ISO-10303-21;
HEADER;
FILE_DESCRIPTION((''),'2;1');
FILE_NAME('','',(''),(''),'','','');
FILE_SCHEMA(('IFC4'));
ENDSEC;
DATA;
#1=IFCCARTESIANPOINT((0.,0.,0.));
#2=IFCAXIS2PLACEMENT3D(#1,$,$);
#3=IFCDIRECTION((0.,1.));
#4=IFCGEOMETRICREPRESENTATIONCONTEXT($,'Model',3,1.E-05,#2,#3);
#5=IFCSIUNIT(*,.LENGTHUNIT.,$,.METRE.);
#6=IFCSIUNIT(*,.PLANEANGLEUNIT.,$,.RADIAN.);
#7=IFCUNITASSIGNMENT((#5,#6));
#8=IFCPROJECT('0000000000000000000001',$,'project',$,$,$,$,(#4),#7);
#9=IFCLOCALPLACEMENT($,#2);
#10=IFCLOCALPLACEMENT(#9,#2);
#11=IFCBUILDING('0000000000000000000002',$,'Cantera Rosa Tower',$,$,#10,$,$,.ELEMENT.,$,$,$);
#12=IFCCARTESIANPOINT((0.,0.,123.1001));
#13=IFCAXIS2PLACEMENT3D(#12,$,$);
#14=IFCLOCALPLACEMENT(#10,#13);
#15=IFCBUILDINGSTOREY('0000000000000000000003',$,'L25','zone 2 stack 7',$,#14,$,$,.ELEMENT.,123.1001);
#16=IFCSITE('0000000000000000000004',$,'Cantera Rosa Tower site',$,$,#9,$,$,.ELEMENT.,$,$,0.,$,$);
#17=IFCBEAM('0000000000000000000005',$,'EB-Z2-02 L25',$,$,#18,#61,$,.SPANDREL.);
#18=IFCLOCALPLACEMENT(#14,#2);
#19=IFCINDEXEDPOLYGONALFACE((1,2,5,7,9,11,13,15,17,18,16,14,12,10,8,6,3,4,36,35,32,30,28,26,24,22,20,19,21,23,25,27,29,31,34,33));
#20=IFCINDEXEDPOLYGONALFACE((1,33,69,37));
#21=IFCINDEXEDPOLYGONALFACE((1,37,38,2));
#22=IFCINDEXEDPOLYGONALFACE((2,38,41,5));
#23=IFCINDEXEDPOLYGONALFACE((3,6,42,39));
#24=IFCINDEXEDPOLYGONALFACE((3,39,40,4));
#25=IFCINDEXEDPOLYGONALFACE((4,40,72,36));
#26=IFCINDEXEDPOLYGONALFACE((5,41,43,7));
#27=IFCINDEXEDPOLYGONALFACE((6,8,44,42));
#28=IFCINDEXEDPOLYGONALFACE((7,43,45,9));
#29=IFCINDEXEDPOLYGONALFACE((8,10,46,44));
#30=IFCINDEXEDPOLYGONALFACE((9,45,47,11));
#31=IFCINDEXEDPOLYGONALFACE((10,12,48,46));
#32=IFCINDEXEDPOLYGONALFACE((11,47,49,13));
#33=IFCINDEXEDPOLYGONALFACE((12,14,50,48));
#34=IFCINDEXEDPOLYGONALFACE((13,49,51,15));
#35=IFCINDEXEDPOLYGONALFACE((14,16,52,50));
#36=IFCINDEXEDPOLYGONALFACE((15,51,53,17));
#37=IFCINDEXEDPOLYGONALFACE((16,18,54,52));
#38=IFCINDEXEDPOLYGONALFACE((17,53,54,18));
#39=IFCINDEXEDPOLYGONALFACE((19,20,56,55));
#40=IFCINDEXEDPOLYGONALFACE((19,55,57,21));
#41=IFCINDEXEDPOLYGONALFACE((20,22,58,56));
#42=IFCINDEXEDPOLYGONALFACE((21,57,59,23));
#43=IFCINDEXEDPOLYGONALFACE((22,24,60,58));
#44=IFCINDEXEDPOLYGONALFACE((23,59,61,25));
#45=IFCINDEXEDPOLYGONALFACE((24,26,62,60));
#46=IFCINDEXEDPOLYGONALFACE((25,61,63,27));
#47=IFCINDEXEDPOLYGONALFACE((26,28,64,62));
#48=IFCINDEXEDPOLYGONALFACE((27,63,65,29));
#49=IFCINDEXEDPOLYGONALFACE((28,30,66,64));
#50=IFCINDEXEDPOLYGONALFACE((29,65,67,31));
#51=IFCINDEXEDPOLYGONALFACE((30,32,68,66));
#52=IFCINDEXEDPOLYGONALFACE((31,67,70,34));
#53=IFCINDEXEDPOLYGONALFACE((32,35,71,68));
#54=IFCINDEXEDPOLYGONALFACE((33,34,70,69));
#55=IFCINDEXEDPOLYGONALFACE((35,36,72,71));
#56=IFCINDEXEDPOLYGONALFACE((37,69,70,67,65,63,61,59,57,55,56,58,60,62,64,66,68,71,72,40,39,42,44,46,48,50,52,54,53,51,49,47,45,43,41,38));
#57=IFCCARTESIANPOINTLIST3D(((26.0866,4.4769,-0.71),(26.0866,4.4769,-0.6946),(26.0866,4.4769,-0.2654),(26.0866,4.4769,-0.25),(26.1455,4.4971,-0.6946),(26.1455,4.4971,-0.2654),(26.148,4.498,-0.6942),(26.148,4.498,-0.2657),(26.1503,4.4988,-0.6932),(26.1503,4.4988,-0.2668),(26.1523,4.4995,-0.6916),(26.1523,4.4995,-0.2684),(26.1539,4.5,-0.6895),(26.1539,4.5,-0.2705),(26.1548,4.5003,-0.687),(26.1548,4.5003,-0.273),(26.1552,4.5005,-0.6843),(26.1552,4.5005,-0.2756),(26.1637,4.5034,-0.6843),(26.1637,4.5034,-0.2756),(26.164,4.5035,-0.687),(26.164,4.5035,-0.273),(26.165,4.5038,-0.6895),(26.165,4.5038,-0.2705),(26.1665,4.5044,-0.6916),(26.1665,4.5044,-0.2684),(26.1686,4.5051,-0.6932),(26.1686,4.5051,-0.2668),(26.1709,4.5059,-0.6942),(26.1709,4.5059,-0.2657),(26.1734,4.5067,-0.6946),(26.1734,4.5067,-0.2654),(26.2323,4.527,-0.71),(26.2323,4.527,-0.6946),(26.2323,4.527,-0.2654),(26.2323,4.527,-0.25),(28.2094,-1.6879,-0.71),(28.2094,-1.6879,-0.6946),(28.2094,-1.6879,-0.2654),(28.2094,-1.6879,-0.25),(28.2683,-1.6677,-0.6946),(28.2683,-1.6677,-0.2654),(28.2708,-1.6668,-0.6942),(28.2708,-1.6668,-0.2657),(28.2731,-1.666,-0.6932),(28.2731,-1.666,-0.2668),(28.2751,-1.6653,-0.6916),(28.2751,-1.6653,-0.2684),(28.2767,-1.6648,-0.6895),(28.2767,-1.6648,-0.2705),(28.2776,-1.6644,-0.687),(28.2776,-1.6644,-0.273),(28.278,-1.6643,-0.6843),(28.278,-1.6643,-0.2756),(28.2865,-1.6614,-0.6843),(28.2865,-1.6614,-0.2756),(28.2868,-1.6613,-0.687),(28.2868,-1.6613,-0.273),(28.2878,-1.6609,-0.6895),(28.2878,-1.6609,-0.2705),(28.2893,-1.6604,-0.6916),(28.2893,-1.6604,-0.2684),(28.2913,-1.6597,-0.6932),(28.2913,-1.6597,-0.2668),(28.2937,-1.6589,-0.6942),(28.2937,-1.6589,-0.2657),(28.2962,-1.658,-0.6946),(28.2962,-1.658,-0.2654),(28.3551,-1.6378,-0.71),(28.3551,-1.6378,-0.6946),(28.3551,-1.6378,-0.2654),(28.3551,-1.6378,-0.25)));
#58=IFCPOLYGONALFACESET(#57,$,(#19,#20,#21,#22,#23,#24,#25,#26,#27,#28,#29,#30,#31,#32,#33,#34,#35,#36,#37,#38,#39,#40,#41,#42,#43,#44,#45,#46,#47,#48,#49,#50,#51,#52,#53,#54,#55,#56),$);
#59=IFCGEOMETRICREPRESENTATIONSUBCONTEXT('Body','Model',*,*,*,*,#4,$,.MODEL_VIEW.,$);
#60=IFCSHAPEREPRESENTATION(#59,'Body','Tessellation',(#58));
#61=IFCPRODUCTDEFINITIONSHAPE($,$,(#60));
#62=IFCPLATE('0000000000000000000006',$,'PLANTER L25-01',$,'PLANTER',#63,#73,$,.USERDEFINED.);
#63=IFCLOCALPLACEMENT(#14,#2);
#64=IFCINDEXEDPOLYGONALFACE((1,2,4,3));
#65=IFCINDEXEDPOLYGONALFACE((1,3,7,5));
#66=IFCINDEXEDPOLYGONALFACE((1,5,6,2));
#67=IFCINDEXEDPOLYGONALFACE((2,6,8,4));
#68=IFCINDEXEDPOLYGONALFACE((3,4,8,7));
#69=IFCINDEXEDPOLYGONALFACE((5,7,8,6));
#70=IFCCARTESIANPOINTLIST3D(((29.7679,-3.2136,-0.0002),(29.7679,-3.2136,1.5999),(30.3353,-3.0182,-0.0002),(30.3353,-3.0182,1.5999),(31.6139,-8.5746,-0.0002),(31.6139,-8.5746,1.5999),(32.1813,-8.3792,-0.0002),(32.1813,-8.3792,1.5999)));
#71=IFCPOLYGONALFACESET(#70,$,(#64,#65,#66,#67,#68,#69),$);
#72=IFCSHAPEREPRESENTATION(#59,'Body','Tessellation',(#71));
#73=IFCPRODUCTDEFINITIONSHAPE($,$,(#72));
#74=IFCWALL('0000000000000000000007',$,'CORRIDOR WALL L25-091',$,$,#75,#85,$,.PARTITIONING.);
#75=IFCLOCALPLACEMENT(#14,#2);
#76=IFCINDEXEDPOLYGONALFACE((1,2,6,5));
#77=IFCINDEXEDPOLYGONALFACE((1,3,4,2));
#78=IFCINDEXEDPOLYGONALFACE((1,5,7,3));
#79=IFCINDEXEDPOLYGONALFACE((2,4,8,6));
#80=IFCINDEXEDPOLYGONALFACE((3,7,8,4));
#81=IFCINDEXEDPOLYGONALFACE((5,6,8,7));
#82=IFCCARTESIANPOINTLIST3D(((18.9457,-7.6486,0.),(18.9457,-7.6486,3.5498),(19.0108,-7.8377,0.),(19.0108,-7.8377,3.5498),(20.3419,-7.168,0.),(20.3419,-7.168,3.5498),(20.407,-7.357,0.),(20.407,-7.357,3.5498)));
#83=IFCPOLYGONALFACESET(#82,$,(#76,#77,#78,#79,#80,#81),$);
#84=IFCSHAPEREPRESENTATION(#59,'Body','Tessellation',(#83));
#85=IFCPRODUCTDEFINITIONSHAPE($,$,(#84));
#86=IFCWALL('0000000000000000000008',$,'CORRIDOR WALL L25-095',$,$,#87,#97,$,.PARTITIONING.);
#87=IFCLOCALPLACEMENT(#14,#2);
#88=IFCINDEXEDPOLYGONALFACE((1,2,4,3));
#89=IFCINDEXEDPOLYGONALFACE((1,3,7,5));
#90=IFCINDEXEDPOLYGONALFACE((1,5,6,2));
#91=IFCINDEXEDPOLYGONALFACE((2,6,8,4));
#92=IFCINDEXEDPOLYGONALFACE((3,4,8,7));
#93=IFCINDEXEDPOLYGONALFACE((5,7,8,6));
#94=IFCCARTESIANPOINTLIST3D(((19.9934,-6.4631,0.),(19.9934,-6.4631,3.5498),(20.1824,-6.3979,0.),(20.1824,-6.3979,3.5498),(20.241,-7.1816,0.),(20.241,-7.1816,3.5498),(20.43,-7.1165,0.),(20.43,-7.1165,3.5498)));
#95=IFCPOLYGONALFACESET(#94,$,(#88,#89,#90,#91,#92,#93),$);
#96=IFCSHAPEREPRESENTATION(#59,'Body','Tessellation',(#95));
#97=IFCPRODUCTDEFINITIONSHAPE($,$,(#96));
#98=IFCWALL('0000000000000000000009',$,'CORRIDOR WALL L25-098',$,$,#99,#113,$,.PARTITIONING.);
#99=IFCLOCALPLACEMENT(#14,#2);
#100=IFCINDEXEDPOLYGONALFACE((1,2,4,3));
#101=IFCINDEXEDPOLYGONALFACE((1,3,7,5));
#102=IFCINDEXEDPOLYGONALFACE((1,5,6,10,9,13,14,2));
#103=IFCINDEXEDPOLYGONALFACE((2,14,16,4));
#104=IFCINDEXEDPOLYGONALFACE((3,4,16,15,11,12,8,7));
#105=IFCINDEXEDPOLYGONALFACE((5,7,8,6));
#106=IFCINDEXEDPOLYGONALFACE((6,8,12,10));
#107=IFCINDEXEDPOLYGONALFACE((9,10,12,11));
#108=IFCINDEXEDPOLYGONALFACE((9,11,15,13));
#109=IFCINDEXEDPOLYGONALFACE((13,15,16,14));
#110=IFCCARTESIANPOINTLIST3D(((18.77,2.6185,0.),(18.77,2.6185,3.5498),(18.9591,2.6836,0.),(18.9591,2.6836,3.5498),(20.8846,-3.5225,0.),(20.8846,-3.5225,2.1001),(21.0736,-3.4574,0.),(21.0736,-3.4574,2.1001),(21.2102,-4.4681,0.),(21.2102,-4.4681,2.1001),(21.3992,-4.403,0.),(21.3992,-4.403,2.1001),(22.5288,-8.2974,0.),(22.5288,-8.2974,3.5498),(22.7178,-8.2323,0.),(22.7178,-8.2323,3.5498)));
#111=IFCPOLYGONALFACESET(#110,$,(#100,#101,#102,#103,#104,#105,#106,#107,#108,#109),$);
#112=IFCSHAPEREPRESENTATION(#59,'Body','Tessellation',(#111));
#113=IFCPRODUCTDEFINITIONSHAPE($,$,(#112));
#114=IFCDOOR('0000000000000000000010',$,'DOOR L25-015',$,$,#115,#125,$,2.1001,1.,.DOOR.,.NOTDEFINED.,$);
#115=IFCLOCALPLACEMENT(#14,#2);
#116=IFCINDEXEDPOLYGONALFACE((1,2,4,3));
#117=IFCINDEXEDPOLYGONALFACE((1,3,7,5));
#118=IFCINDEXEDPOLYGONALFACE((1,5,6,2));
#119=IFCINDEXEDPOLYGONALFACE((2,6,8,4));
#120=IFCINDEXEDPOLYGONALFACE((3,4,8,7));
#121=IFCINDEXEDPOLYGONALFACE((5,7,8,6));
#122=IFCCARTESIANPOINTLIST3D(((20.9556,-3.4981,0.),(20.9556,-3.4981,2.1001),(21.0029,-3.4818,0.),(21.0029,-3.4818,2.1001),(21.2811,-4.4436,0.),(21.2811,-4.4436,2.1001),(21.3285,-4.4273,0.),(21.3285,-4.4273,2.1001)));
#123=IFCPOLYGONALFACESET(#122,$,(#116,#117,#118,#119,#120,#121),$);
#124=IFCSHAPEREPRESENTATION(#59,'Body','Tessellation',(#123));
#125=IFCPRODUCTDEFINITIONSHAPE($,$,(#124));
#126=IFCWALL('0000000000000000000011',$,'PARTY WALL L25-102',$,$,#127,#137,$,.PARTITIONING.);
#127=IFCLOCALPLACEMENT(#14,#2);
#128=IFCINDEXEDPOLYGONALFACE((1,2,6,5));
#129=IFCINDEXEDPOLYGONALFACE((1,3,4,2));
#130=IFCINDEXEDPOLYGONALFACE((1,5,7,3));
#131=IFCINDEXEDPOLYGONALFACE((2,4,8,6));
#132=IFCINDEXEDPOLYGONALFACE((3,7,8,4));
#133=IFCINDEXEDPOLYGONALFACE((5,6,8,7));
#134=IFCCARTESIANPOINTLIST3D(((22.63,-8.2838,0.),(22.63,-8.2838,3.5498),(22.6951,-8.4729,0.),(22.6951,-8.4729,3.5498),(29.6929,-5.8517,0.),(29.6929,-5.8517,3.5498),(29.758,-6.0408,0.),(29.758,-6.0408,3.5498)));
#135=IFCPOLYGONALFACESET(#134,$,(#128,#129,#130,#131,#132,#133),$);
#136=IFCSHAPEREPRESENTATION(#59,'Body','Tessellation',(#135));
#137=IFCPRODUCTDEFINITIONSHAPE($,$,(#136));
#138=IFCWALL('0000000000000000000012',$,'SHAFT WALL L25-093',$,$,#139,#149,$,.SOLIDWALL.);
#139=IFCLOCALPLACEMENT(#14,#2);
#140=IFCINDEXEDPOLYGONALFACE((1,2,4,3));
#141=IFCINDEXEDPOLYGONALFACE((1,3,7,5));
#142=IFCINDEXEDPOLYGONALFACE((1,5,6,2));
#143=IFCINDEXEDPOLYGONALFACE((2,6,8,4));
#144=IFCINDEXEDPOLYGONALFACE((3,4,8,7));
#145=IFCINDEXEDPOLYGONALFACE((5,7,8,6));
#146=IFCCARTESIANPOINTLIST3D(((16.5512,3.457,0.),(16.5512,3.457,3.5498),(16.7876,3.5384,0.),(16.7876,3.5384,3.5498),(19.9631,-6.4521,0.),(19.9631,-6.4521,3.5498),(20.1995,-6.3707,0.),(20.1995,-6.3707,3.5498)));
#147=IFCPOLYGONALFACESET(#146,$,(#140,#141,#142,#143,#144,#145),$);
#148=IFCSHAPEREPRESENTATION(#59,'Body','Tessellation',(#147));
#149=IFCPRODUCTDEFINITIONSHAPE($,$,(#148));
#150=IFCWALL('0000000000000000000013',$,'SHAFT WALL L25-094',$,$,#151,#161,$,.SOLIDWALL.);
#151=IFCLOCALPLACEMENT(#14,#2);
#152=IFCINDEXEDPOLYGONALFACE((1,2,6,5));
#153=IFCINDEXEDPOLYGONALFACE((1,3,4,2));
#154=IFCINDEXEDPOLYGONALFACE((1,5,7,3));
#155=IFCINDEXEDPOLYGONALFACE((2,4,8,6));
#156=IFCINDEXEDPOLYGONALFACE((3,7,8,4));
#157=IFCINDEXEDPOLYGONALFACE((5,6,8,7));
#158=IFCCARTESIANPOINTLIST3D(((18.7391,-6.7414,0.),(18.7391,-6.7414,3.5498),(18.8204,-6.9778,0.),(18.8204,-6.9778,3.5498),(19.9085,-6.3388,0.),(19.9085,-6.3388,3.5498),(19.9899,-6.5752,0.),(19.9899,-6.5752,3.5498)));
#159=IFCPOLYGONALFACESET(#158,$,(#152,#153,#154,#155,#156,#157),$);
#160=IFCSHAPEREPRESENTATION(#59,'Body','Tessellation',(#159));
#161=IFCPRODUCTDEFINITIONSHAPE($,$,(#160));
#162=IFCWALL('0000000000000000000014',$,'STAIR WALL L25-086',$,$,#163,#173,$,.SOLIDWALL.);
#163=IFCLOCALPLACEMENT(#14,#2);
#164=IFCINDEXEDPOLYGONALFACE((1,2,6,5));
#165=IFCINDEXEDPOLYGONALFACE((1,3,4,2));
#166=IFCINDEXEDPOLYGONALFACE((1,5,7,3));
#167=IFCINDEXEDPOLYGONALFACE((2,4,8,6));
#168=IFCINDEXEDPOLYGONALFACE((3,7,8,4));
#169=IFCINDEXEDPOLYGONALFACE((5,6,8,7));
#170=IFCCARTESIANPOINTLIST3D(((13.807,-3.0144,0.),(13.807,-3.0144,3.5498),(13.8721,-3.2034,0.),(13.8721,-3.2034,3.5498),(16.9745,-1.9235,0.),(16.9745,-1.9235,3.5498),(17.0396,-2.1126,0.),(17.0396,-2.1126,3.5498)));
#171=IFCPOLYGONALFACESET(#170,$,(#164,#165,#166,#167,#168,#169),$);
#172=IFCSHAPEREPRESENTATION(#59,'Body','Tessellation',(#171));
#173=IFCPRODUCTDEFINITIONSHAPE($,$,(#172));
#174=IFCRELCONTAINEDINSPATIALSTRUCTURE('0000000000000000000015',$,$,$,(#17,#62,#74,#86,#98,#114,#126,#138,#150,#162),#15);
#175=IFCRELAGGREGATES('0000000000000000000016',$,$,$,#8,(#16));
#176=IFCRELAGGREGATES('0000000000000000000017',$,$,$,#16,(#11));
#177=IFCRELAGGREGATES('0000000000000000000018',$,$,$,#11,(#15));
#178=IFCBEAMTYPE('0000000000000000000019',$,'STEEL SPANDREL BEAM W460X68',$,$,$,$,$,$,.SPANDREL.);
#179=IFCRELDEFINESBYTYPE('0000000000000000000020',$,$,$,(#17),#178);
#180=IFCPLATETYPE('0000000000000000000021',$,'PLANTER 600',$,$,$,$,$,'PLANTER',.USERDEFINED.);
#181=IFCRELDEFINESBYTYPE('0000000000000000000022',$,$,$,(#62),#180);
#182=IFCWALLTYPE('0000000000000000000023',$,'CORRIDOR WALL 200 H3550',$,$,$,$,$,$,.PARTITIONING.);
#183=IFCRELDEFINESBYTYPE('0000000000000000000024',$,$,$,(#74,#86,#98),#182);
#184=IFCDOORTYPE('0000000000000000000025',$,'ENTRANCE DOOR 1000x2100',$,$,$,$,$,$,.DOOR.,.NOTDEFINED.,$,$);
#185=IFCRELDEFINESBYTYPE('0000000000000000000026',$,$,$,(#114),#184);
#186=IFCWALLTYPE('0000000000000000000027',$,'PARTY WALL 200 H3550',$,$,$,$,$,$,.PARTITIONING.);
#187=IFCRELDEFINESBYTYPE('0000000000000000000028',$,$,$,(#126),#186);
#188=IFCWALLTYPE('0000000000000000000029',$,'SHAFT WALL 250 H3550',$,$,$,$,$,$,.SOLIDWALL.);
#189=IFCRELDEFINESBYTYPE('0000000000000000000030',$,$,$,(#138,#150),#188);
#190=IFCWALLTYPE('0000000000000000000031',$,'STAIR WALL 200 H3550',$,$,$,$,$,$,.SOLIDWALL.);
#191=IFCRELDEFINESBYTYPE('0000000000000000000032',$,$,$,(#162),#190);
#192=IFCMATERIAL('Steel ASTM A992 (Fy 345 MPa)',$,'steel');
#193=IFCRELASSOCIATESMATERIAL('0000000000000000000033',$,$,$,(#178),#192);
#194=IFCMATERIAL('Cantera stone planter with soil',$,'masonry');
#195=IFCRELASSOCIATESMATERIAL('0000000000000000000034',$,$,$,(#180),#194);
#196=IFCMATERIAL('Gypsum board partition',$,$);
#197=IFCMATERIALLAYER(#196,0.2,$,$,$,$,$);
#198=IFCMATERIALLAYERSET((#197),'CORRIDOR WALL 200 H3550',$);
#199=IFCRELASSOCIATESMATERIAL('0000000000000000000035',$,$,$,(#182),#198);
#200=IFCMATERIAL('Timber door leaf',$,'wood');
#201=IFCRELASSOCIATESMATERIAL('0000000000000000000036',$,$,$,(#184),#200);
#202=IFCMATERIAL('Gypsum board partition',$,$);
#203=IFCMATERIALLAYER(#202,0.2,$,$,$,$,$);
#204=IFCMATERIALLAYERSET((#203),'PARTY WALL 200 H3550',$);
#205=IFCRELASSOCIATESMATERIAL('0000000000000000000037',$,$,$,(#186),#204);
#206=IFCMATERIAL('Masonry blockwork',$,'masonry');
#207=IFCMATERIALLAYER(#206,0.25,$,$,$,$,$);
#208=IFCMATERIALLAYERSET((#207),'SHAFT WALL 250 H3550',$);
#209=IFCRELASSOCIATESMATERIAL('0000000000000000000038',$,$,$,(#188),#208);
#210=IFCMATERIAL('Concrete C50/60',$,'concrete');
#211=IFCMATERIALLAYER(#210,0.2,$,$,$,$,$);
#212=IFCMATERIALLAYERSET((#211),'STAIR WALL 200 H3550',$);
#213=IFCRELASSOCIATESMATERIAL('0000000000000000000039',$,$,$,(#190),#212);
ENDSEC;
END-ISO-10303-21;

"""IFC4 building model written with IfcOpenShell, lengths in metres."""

from ifc_helpers import new_model, si_unit, direction, frame, frame_2d, origin, origin_2d, place, context, subcontext, project, spatial, rectangle, i_section, extrude, material, layer, layer_set, material_profile, profile_set, type_object, element, fill, save


model = new_model("IFC4")

# Units and contexts
model_context = context("Model", 3, precision=1e-05, world=origin(), true_north=direction((0.0, 1.0)))
body_context = subcontext(model_context, "Body", "Model", "MODEL_VIEW")
ifc_project = project(units=[si_unit("LENGTHUNIT", "METRE"), si_unit("PLANEANGLEUNIT", "RADIAN")], contexts=[model_context])

# Site, building, storey
site_placement = place(None, origin())
site = spatial("IfcSite", under=ifc_project, at=site_placement, Name="Cantera Rosa Tower site", CompositionType="ELEMENT", RefElevation=0.0)
building_placement = place(site_placement, origin())
building = spatial("IfcBuilding", under=site, at=building_placement, Name="Cantera Rosa Tower", CompositionType="ELEMENT")
storey_placement = place(building_placement, frame((0.0, 0.0, 123.1001)))
storey = spatial("IfcBuildingStorey", under=building, at=storey_placement, Name="L25", Description="zone 2 stack 7", CompositionType="ELEMENT", Elevation=123.1001)

# Beam
ifc_material_1 = material(Name="Steel ASTM A992 (Fy 345 MPa)", Category="steel")
ifc_material_profile_1 = material_profile(ifc_material_1, i_section(OverallWidth=0.1541, OverallDepth=0.46, WebThickness=0.009, FlangeThickness=0.0154, FilletRadius=0.0103, at=origin_2d()), Name="W460X68")
ifc_profile_set_1 = profile_set([ifc_material_profile_1], Name="Steel ASTM A992 (Fy 345 MPa)")
beam_type_1 = type_object("IfcBeamType", Name="STEEL SPANDREL BEAM W460X68", PredefinedType="SPANDREL", material=ifc_profile_set_1)
beam_1_placement = place(storey_placement, frame((28.2822, -1.6628, -0.48), z_axis=(-0.325581, 0.945514, 0.0), x_axis=(-0.945514, -0.325581, 0.0)))
element("IfcBeam", 1, at=beam_1_placement, inside=storey, type_object=beam_type_1, Name="EB-Z2-02 L25", PredefinedType="SPANDREL", context=body_context, shape_type="SweptSolid", body=[
    extrude(i_section(OverallWidth=0.1541, OverallDepth=0.46, WebThickness=0.009, FlangeThickness=0.0154, FilletRadius=0.0103, at=origin_2d()), origin(), (0.0, 0.0, 1.0), 6.52),
])

# Plate
ifc_material_2 = material(Name="Cantera stone planter with soil", Category="masonry")
plate_type = type_object("IfcPlateType", Name="PLANTER 600", ElementType="PLANTER", PredefinedType="USERDEFINED", material=ifc_material_2)
plate_placement = place(storey_placement, frame((30.9746, -5.7964, -0.0002), z_axis=(0.0, 0.0, 1.0), x_axis=(-0.325568, 0.945519, 0.0)))
element("IfcPlate", 2, at=plate_placement, inside=storey, type_object=plate_type, Name="PLANTER L25-01", ObjectType="PLANTER", PredefinedType="USERDEFINED", context=body_context, shape_type="SweptSolid", body=[
    extrude(rectangle(XDim=5.6699, YDim=0.6001, at=origin_2d()), origin(), (0.0, 0.0, 1.0), 1.6001),
])

# Walls
ifc_material_3 = material(Name="Gypsum board partition")
ifc_layer_1 = layer(ifc_material_3, 0.2)
ifc_layer_set_1 = layer_set([ifc_layer_1], Name="CORRIDOR WALL 200 H3550")
wall_type_1 = type_object("IfcWallType", Name="CORRIDOR WALL 200 H3550", PredefinedType="PARTITIONING", material=ifc_layer_set_1)
wall_1_placement = place(storey_placement, frame((18.9783, -7.7432, 0.0), z_axis=(0.0, 0.0, 1.0), x_axis=(0.945529, 0.325537, 0.0)))
element("IfcWall", 3, at=wall_1_placement, inside=storey, type_object=wall_type_1, Name="CORRIDOR WALL L25-091", PredefinedType="PARTITIONING", context=body_context, shape_type="SweptSolid", body=[
    extrude(rectangle(XDim=1.4766, YDim=0.2, at=frame_2d((0.7383, 0.0))), origin(), (0.0, 0.0, 1.0), 3.5498),
])
wall_2_placement = place(storey_placement, frame((20.3354, -7.1489, 0.0), z_axis=(0.0, 0.0, 1.0), x_axis=(-0.325753, 0.945455, 0.0)))
element("IfcWall", 4, at=wall_2_placement, inside=storey, type_object=wall_type_1, Name="CORRIDOR WALL L25-095", PredefinedType="PARTITIONING", context=body_context, shape_type="SweptSolid", body=[
    extrude(rectangle(XDim=0.76, YDim=0.2, at=frame_2d((0.3799, 0.0))), origin(), (0.0, 0.0, 1.0), 3.5498),
])

# Wall, opening, door
wall_3_placement = place(storey_placement, frame((22.6233, -8.2649, 0.0), z_axis=(0.0, 0.0, 1.0), x_axis=(-0.325576, 0.945516, 0.0)))
wall_3 = element("IfcWall", 5, at=wall_3_placement, inside=storey, type_object=wall_type_1, Name="CORRIDOR WALL L25-098", PredefinedType="PARTITIONING", context=body_context, shape_type="SweptSolid", body=[
    extrude(rectangle(XDim=11.5449, YDim=0.2, at=frame_2d((5.7725, 0.0))), origin(), (0.0, 0.0, 1.0), 3.5498),
])
opening_1_placement = place(wall_3_placement, frame((4.05, 0.0, 0.0)))
opening_1 = element("IfcOpeningElement", 6, at=opening_1_placement, cuts=wall_3, PredefinedType="OPENING", context=body_context, shape_type="SweptSolid", body=[
    extrude(rectangle(XDim=1.0, YDim=2.1001, at=frame_2d((0.5, 1.05))), frame((0.0, 0.1099, 0.0), z_axis=(0.0, -1.0, 0.0), x_axis=(1.0, 0.0, 0.0)), (0.0, 0.0, 1.0), 0.22),
])
ifc_material_4 = material(Name="Timber door leaf", Category="wood")
door_type_1 = type_object("IfcDoorType", Name="ENTRANCE DOOR 1000x2100", OperationType="NOTDEFINED", PredefinedType="DOOR", material=ifc_material_4)
door_1_placement = place(opening_1_placement, origin())
door_1 = element("IfcDoor", 7, at=door_1_placement, inside=storey, type_object=door_type_1, Name="DOOR L25-015", OperationType="NOTDEFINED", OverallHeight=2.1001, OverallWidth=1.0, PredefinedType="DOOR", context=body_context, shape_type="SweptSolid", body=[
    extrude(rectangle(XDim=1.0, YDim=2.1001, at=frame_2d((0.5, 1.05))), frame((0.0, 0.0249, 0.0), z_axis=(0.0, -1.0, 0.0), x_axis=(1.0, 0.0, 0.0)), (0.0, 0.0, 1.0), 0.05),
])
fill(opening_1, door_1)

# Walls
ifc_material_5 = material(Name="Gypsum board partition")
ifc_layer_2 = layer(ifc_material_5, 0.2)
ifc_layer_set_2 = layer_set([ifc_layer_2], Name="PARTY WALL 200 H3550")
wall_type_2 = type_object("IfcWallType", Name="PARTY WALL 200 H3550", PredefinedType="PARTITIONING", material=ifc_layer_set_2)
wall_4_placement = place(storey_placement, frame((29.7253, -5.9463, 0.0), z_axis=(0.0, 0.0, 1.0), x_axis=(-0.945513, -0.325586, 0.0)))
element("IfcWall", 8, at=wall_4_placement, inside=storey, type_object=wall_type_2, Name="PARTY WALL L25-102", PredefinedType="PARTITIONING", context=body_context, shape_type="SweptSolid", body=[
    extrude(rectangle(XDim=7.47, YDim=0.2, at=frame_2d((3.7349, 0.0))), origin(), (0.0, 0.0, 1.0), 3.5498),
])
ifc_material_6 = material(Name="Masonry blockwork", Category="masonry")
ifc_layer_3 = layer(ifc_material_6, 0.25)
ifc_layer_set_3 = layer_set([ifc_layer_3], Name="SHAFT WALL 250 H3550")
wall_type_3 = type_object("IfcWallType", Name="SHAFT WALL 250 H3550", PredefinedType="SOLIDWALL", material=ifc_layer_set_3)
wall_5_placement = place(storey_placement, frame((20.0813, -6.4114, 0.0), z_axis=(0.0, 0.0, 1.0), x_axis=(-0.325563, 0.94552, 0.0)))
element("IfcWall", 9, at=wall_5_placement, inside=storey, type_object=wall_type_3, Name="SHAFT WALL L25-093", PredefinedType="SOLIDWALL", context=body_context, shape_type="SweptSolid", body=[
    extrude(rectangle(XDim=10.48, YDim=0.25, at=frame_2d((5.24, 0.0))), origin(), (0.0, 0.0, 1.0), 3.5498),
])
wall_6_placement = place(storey_placement, frame((19.9492, -6.457, 0.0), z_axis=(0.0, 0.0, 1.0), x_axis=(-0.945539, -0.32551, 0.0)))
element("IfcWall", 10, at=wall_6_placement, inside=storey, type_object=wall_type_3, Name="SHAFT WALL L25-094", PredefinedType="SOLIDWALL", context=body_context, shape_type="SweptSolid", body=[
    extrude(rectangle(XDim=1.2368, YDim=0.25, at=frame_2d((0.6184, 0.0))), origin(), (0.0, 0.0, 1.0), 3.5498),
])
ifc_material_7 = material(Name="Concrete C50/60", Category="concrete")
ifc_layer_4 = layer(ifc_material_7, 0.2)
ifc_layer_set_4 = layer_set([ifc_layer_4], Name="STAIR WALL 200 H3550")
wall_type_4 = type_object("IfcWallType", Name="STAIR WALL 200 H3550", PredefinedType="SOLIDWALL", material=ifc_layer_set_4)
wall_7_placement = place(storey_placement, frame((17.0071, -2.0181, 0.0), z_axis=(0.0, 0.0, 1.0), x_axis=(-0.945503, -0.325613, 0.0)))
element("IfcWall", 11, at=wall_7_placement, inside=storey, type_object=wall_type_4, Name="STAIR WALL L25-086", PredefinedType="SOLIDWALL", context=body_context, shape_type="SweptSolid", body=[
    extrude(rectangle(XDim=3.3501, YDim=0.2, at=frame_2d((1.675, 0.0))), origin(), (0.0, 0.0, 1.0), 3.5498),
])

save(model, "model.ifc")
